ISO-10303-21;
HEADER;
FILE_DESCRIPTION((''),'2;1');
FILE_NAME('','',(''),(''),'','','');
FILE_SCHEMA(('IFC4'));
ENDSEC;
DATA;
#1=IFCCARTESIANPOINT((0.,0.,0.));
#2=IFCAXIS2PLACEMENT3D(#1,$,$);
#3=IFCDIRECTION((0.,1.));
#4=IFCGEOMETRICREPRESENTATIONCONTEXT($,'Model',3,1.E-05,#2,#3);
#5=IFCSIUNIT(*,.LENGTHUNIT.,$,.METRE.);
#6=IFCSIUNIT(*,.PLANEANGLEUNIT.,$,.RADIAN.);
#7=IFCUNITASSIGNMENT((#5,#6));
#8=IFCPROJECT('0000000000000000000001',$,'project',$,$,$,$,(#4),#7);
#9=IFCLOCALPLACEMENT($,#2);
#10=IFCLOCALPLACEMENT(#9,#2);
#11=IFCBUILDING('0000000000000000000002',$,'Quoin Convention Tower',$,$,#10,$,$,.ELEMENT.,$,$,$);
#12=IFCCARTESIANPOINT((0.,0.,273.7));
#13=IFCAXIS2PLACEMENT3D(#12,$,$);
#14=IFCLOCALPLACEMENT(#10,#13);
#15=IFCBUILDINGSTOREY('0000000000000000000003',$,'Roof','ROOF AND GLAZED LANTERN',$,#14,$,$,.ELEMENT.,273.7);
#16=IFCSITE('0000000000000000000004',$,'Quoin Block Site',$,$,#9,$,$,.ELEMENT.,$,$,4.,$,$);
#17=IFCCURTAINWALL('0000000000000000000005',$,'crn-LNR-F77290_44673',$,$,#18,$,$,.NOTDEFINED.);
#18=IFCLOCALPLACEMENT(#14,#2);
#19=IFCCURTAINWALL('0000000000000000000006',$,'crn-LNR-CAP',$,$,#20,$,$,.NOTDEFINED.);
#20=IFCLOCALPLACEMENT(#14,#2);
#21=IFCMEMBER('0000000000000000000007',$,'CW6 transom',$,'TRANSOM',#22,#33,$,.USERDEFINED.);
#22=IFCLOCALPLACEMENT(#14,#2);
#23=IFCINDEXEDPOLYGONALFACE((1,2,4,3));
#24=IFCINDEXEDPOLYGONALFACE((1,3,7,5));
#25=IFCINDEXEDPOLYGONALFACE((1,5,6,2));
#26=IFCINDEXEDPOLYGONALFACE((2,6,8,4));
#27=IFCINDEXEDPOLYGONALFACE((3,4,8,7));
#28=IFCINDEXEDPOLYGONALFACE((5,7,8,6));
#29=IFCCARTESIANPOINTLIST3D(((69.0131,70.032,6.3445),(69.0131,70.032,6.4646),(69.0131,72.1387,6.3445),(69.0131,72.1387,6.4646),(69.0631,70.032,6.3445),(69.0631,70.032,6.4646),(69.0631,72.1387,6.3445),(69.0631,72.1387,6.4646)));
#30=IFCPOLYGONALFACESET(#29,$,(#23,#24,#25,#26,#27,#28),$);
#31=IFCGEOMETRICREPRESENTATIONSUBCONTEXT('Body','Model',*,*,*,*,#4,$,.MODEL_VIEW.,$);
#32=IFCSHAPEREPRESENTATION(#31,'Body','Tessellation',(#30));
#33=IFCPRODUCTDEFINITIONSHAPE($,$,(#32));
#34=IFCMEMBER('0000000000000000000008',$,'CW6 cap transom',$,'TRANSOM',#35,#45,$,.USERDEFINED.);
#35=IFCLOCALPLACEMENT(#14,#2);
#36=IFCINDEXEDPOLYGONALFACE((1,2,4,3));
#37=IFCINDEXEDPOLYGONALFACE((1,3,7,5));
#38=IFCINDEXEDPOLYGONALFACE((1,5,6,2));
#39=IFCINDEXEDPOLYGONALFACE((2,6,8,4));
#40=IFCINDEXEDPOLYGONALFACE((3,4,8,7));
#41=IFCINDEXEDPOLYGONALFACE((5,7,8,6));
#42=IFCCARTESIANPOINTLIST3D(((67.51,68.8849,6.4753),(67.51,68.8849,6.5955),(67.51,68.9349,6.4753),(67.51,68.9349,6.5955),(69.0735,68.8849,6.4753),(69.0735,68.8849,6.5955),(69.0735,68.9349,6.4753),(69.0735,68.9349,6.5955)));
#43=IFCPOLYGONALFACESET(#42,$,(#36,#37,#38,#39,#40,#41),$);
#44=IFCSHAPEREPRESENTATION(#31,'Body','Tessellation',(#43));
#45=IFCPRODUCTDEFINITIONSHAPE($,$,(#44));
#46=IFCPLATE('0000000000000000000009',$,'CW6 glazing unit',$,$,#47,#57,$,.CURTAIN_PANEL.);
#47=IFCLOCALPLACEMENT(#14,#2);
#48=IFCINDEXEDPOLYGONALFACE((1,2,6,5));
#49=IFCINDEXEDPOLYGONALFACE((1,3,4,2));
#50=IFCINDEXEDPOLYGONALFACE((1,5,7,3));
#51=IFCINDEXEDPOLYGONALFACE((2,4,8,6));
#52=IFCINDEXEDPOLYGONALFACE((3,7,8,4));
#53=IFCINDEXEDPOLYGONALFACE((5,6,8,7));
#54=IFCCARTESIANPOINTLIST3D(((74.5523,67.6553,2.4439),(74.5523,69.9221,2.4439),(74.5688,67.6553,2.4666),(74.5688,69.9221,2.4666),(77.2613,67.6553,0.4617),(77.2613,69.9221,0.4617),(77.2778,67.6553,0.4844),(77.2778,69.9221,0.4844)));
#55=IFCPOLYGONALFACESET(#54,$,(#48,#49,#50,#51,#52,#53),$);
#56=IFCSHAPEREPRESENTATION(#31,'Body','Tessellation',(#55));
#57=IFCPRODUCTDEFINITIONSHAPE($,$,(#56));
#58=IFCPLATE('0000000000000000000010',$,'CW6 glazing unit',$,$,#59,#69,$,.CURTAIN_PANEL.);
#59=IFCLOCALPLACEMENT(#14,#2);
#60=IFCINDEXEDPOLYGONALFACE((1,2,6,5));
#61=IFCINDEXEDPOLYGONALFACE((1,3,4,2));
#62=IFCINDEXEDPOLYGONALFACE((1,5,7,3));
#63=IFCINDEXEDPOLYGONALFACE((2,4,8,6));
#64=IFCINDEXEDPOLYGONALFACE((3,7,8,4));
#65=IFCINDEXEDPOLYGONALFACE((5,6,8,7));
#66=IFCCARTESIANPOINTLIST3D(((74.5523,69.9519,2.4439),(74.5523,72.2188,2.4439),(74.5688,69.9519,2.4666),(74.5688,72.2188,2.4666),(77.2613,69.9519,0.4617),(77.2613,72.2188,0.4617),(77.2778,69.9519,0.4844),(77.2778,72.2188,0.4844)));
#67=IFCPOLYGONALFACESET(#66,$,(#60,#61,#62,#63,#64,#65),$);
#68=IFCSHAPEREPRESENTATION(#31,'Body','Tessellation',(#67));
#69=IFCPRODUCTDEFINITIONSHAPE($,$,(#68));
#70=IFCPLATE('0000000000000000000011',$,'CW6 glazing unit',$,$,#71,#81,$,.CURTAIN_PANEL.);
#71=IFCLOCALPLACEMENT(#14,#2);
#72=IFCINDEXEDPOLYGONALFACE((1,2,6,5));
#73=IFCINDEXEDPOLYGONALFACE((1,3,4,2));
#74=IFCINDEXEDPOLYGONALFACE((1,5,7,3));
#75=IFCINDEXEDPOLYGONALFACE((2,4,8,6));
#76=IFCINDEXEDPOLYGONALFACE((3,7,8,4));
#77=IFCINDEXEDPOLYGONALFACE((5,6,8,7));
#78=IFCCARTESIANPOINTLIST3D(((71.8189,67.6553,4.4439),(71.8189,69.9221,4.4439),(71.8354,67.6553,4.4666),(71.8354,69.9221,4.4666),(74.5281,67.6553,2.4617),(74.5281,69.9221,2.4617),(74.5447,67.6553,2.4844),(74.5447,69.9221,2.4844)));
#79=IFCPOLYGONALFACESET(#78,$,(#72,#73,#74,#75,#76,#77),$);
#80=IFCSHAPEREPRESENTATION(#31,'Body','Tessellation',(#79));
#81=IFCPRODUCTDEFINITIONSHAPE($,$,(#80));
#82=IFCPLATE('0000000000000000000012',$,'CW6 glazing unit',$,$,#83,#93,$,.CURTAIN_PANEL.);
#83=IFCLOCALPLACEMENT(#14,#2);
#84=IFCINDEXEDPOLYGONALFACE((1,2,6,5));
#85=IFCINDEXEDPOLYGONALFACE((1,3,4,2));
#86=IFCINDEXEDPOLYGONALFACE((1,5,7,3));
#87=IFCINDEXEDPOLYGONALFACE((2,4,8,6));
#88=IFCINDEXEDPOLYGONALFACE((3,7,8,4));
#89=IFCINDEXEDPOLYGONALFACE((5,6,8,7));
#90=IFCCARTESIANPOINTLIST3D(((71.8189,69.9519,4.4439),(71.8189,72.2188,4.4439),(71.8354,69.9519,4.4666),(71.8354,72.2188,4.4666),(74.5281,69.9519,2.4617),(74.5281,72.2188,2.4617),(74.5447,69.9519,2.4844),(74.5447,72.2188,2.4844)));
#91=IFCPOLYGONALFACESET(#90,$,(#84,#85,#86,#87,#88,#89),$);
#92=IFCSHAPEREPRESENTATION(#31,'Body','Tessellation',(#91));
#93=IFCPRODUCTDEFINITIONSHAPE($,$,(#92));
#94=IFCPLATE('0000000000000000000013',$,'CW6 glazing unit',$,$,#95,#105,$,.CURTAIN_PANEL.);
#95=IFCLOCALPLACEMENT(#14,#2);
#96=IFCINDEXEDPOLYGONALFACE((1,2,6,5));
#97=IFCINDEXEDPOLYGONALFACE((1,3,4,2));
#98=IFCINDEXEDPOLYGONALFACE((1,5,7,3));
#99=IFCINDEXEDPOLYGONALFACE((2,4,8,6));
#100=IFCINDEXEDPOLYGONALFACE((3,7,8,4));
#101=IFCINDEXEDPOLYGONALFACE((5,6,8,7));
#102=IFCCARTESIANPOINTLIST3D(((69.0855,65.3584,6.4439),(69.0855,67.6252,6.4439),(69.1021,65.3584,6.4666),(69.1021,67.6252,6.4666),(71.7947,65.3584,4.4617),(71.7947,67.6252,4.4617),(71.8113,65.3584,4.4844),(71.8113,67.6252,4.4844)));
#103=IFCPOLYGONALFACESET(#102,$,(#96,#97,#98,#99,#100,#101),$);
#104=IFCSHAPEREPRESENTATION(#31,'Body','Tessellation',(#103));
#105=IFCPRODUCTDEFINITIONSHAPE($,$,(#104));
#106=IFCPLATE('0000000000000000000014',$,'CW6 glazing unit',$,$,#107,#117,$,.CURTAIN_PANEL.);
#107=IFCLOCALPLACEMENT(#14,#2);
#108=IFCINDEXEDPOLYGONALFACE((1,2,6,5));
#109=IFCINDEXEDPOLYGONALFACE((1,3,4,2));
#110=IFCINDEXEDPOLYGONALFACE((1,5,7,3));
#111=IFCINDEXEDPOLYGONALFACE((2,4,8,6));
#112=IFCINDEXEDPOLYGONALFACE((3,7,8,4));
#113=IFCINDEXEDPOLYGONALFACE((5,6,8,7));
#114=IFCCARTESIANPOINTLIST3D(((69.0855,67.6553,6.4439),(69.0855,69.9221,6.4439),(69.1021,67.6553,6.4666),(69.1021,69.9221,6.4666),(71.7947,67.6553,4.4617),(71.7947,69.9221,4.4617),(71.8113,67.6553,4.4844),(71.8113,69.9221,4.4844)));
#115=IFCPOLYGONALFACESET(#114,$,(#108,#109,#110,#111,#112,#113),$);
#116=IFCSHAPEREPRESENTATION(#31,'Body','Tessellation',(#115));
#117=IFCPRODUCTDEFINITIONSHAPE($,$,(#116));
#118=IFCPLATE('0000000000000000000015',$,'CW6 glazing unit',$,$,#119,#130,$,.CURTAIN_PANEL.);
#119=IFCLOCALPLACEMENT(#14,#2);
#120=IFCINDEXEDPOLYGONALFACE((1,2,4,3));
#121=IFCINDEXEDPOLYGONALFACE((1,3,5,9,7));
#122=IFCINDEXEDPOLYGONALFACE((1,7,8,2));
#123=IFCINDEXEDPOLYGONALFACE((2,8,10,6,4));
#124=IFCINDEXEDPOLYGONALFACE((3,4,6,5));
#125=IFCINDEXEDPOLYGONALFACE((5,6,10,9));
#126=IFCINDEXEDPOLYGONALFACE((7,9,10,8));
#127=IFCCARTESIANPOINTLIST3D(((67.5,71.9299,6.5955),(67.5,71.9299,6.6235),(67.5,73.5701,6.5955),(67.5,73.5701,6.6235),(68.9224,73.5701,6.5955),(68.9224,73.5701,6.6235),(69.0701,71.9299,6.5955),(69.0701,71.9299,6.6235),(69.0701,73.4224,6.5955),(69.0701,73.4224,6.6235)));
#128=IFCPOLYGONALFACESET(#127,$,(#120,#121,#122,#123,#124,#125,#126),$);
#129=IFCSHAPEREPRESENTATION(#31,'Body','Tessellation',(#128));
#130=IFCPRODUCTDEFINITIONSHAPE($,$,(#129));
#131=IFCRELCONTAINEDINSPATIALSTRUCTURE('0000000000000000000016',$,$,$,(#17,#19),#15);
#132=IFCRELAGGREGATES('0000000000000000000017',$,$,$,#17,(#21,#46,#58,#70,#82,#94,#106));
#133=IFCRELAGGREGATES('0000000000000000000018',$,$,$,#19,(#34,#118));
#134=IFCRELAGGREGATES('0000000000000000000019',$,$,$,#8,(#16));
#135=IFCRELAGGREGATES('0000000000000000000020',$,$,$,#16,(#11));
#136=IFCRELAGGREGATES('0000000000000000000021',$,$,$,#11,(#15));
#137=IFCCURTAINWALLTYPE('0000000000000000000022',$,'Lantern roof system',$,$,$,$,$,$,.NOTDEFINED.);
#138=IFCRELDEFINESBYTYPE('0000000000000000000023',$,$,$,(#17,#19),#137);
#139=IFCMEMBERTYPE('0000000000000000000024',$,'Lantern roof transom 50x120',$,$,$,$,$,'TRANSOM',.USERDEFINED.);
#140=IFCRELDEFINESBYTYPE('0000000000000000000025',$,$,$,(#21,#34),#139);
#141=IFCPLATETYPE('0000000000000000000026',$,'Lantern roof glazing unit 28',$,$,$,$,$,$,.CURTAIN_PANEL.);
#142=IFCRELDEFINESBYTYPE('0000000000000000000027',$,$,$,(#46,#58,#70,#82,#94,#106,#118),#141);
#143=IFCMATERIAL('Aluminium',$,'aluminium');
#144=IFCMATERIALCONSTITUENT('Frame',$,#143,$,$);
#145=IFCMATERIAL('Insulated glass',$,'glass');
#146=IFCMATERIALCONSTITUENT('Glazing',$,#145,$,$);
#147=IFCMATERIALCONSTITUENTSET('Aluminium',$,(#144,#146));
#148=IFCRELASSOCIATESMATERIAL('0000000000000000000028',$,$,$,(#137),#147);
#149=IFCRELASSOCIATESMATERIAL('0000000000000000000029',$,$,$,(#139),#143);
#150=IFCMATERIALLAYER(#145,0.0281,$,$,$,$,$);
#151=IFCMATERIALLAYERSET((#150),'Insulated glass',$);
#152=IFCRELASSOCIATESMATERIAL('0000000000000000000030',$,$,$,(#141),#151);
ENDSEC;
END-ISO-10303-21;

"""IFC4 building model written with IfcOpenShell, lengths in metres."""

from ifc_helpers import new_model, si_unit, direction, frame, origin, origin_2d, place, context, subcontext, project, spatial, polyline, rectangle, outline, extrude, material, layer, layer_set, constituent, constituent_set, material_profile, profile_set, type_object, element, aggregate, save


model = new_model("IFC4")

# Units and contexts
model_context = context("Model", 3, precision=1e-05, world=origin(), true_north=direction((0.0, 1.0)))
body_context = subcontext(model_context, "Body", "Model", "MODEL_VIEW")
ifc_project = project(units=[si_unit("LENGTHUNIT", "METRE"), si_unit("PLANEANGLEUNIT", "RADIAN")], contexts=[model_context])

# Site, building, storey
site_placement = place(None, origin())
site = spatial("IfcSite", under=ifc_project, at=site_placement, Name="Quoin Block Site", CompositionType="ELEMENT", RefElevation=4.0)
building_placement = place(site_placement, origin())
building = spatial("IfcBuilding", under=site, at=building_placement, Name="Quoin Convention Tower", CompositionType="ELEMENT")
storey_placement = place(building_placement, frame((0.0, 0.0, 273.7)))
storey = spatial("IfcBuildingStorey", under=building, at=storey_placement, Name="Roof", Description="ROOF AND GLAZED LANTERN", CompositionType="ELEMENT", Elevation=273.7)

# Curtain walls
ifc_material_1 = material(Name="Aluminium", Category="aluminium")
ifc_constituent_1 = constituent(ifc_material_1, Name="Frame")
ifc_material_2 = material(Name="Insulated glass", Category="glass")
ifc_constituent_2 = constituent(ifc_material_2, Name="Glazing")
ifc_constituent_set = constituent_set(constituents=[ifc_constituent_1, ifc_constituent_2], Name="Aluminium")
curtain_wall_type = type_object("IfcCurtainWallType", Name="Lantern roof system", PredefinedType="NOTDEFINED", material=ifc_constituent_set)
curtain_wall_1_placement = place(storey_placement, origin())
curtain_wall_1 = element("IfcCurtainWall", 1, at=curtain_wall_1_placement, inside=storey, type_object=curtain_wall_type, Name="crn-LNR-F77290_44673", PredefinedType="NOTDEFINED")
curtain_wall_2_placement = place(storey_placement, origin())
curtain_wall_2 = element("IfcCurtainWall", 2, at=curtain_wall_2_placement, inside=storey, type_object=curtain_wall_type, Name="crn-LNR-CAP", PredefinedType="NOTDEFINED")

# Members
ifc_material_profile_1 = material_profile(ifc_material_1, rectangle(XDim=0.1201, YDim=0.05, at=origin_2d()), Name="Lantern roof transom 50x120")
ifc_profile_set_1 = profile_set([ifc_material_profile_1], Name="Aluminium")
member_type_1 = type_object("IfcMemberType", Name="Lantern roof transom 50x120", ElementType="TRANSOM", PredefinedType="USERDEFINED", material=ifc_profile_set_1)
member_1_placement = place(storey_placement, frame((69.0381, 70.032, 6.4045), z_axis=(0.0, 1.0, 0.0), x_axis=(0.0, 0.0, 1.0)))
member_1 = element("IfcMember", 3, at=member_1_placement, type_object=member_type_1, Name="CW6 transom", ObjectType="TRANSOM", PredefinedType="USERDEFINED", context=body_context, shape_type="SweptSolid", body=[
    extrude(rectangle(XDim=0.1201, YDim=0.05, at=origin_2d()), origin(), (0.0, 0.0, 1.0), 2.1067),
])
member_2_placement = place(storey_placement, frame((67.51, 68.9099, 6.5354), z_axis=(1.0, 0.0, 0.0), x_axis=(0.0, 0.0, 1.0)))
member_2 = element("IfcMember", 4, at=member_2_placement, type_object=member_type_1, Name="CW6 cap transom", ObjectType="TRANSOM", PredefinedType="USERDEFINED", context=body_context, shape_type="SweptSolid", body=[
    extrude(rectangle(XDim=0.1201, YDim=0.05, at=origin_2d()), origin(), (0.0, 0.0, 1.0), 1.5635),
])

# Plates
ifc_layer = layer(ifc_material_2, 0.0281)
ifc_layer_set = layer_set([ifc_layer], Name="Insulated glass")
plate_type = type_object("IfcPlateType", Name="Lantern roof glazing unit 28", PredefinedType="CURTAIN_PANEL", material=ifc_layer_set)
plate_1_placement = place(storey_placement, frame((74.5688, 67.6553, 2.4666), z_axis=(0.590509, 0.0, 0.807031), x_axis=(0.0, 1.0, 0.0)))
plate_1 = element("IfcPlate", 5, at=plate_1_placement, type_object=plate_type, Name="CW6 glazing unit", PredefinedType="CURTAIN_PANEL", context=body_context, shape_type="SweptSolid", body=[
    extrude(outline(polyline([(0.0, 0.0), (2.2668, 0.0), (2.2668, -3.3567), (0.0, -3.3567), (0.0, 0.0)])), origin(), (0.0, 0.0, -1.0), 0.0281),
])
plate_2_placement = place(storey_placement, frame((74.5688, 69.9519, 2.4666), z_axis=(0.590509, 0.0, 0.807031), x_axis=(0.0, 1.0, 0.0)))
plate_2 = element("IfcPlate", 6, at=plate_2_placement, type_object=plate_type, Name="CW6 glazing unit", PredefinedType="CURTAIN_PANEL", context=body_context, shape_type="SweptSolid", body=[
    extrude(outline(polyline([(0.0, 0.0), (2.2668, 0.0), (2.2668, -3.3567), (0.0, -3.3567), (0.0, 0.0)])), origin(), (0.0, 0.0, -1.0), 0.0281),
])
plate_3_placement = place(storey_placement, frame((74.5447, 67.6553, 2.4844), z_axis=(0.590474, 0.0, 0.807057), x_axis=(-0.807057, 0.0, 0.590474)))
plate_3 = element("IfcPlate", 7, at=plate_3_placement, type_object=plate_type, Name="CW6 glazing unit", PredefinedType="CURTAIN_PANEL", context=body_context, shape_type="SweptSolid", body=[
    extrude(outline(polyline([(0.0, 0.0), (3.3569, 0.0), (3.3569, -2.2668), (0.0, -2.2668), (0.0, 0.0)])), origin(), (0.0, 0.0, -1.0), 0.0281),
])
plate_4_placement = place(storey_placement, frame((74.5447, 69.9519, 2.4844), z_axis=(0.590474, 0.0, 0.807057), x_axis=(-0.807057, 0.0, 0.590474)))
plate_4 = element("IfcPlate", 8, at=plate_4_placement, type_object=plate_type, Name="CW6 glazing unit", PredefinedType="CURTAIN_PANEL", context=body_context, shape_type="SweptSolid", body=[
    extrude(outline(polyline([(0.0, 0.0), (3.3569, 0.0), (3.3569, -2.2668), (0.0, -2.2668), (0.0, 0.0)])), origin(), (0.0, 0.0, -1.0), 0.0281),
])
plate_5_placement = place(storey_placement, frame((71.8113, 67.6252, 4.4844), z_axis=(0.590474, 0.0, 0.807057), x_axis=(0.0, -1.0, 0.0)))
plate_5 = element("IfcPlate", 9, at=plate_5_placement, type_object=plate_type, Name="CW6 glazing unit", PredefinedType="CURTAIN_PANEL", context=body_context, shape_type="SweptSolid", body=[
    extrude(outline(polyline([(0.0, 0.0), (2.2668, 0.0), (2.2668, -3.3569), (0.0, -3.3569), (0.0, 0.0)])), origin(), (0.0, 0.0, -1.0), 0.0281),
])
plate_6_placement = place(storey_placement, frame((71.8113, 69.9221, 4.4844), z_axis=(0.590474, 0.0, 0.807057), x_axis=(0.0, -1.0, 0.0)))
plate_6 = element("IfcPlate", 10, at=plate_6_placement, type_object=plate_type, Name="CW6 glazing unit", PredefinedType="CURTAIN_PANEL", context=body_context, shape_type="SweptSolid", body=[
    extrude(outline(polyline([(0.0, 0.0), (2.2668, 0.0), (2.2668, -3.3569), (0.0, -3.3569), (0.0, 0.0)])), origin(), (0.0, 0.0, -1.0), 0.0281),
])
aggregate(curtain_wall_1, [member_1, plate_1, plate_2, plate_3, plate_4, plate_5, plate_6])
plate_7_placement = place(storey_placement, frame((67.5, 71.9299, 6.6235), z_axis=(0.0, 0.0, 1.0), x_axis=(0.0, 1.0, 0.0)))
plate_7 = element("IfcPlate", 11, at=plate_7_placement, type_object=plate_type, Name="CW6 glazing unit", PredefinedType="CURTAIN_PANEL", context=body_context, shape_type="SweptSolid", body=[
    extrude(outline(polyline([(0.0, 0.0), (1.6401, 0.0), (1.6401, -1.4224), (1.4924, -1.5701), (0.0, -1.5701), (0.0, 0.0)])), origin(), (0.0, 0.0, -1.0), 0.0281),
])
aggregate(curtain_wall_2, [member_2, plate_7])

save(model, "model.ifc")
